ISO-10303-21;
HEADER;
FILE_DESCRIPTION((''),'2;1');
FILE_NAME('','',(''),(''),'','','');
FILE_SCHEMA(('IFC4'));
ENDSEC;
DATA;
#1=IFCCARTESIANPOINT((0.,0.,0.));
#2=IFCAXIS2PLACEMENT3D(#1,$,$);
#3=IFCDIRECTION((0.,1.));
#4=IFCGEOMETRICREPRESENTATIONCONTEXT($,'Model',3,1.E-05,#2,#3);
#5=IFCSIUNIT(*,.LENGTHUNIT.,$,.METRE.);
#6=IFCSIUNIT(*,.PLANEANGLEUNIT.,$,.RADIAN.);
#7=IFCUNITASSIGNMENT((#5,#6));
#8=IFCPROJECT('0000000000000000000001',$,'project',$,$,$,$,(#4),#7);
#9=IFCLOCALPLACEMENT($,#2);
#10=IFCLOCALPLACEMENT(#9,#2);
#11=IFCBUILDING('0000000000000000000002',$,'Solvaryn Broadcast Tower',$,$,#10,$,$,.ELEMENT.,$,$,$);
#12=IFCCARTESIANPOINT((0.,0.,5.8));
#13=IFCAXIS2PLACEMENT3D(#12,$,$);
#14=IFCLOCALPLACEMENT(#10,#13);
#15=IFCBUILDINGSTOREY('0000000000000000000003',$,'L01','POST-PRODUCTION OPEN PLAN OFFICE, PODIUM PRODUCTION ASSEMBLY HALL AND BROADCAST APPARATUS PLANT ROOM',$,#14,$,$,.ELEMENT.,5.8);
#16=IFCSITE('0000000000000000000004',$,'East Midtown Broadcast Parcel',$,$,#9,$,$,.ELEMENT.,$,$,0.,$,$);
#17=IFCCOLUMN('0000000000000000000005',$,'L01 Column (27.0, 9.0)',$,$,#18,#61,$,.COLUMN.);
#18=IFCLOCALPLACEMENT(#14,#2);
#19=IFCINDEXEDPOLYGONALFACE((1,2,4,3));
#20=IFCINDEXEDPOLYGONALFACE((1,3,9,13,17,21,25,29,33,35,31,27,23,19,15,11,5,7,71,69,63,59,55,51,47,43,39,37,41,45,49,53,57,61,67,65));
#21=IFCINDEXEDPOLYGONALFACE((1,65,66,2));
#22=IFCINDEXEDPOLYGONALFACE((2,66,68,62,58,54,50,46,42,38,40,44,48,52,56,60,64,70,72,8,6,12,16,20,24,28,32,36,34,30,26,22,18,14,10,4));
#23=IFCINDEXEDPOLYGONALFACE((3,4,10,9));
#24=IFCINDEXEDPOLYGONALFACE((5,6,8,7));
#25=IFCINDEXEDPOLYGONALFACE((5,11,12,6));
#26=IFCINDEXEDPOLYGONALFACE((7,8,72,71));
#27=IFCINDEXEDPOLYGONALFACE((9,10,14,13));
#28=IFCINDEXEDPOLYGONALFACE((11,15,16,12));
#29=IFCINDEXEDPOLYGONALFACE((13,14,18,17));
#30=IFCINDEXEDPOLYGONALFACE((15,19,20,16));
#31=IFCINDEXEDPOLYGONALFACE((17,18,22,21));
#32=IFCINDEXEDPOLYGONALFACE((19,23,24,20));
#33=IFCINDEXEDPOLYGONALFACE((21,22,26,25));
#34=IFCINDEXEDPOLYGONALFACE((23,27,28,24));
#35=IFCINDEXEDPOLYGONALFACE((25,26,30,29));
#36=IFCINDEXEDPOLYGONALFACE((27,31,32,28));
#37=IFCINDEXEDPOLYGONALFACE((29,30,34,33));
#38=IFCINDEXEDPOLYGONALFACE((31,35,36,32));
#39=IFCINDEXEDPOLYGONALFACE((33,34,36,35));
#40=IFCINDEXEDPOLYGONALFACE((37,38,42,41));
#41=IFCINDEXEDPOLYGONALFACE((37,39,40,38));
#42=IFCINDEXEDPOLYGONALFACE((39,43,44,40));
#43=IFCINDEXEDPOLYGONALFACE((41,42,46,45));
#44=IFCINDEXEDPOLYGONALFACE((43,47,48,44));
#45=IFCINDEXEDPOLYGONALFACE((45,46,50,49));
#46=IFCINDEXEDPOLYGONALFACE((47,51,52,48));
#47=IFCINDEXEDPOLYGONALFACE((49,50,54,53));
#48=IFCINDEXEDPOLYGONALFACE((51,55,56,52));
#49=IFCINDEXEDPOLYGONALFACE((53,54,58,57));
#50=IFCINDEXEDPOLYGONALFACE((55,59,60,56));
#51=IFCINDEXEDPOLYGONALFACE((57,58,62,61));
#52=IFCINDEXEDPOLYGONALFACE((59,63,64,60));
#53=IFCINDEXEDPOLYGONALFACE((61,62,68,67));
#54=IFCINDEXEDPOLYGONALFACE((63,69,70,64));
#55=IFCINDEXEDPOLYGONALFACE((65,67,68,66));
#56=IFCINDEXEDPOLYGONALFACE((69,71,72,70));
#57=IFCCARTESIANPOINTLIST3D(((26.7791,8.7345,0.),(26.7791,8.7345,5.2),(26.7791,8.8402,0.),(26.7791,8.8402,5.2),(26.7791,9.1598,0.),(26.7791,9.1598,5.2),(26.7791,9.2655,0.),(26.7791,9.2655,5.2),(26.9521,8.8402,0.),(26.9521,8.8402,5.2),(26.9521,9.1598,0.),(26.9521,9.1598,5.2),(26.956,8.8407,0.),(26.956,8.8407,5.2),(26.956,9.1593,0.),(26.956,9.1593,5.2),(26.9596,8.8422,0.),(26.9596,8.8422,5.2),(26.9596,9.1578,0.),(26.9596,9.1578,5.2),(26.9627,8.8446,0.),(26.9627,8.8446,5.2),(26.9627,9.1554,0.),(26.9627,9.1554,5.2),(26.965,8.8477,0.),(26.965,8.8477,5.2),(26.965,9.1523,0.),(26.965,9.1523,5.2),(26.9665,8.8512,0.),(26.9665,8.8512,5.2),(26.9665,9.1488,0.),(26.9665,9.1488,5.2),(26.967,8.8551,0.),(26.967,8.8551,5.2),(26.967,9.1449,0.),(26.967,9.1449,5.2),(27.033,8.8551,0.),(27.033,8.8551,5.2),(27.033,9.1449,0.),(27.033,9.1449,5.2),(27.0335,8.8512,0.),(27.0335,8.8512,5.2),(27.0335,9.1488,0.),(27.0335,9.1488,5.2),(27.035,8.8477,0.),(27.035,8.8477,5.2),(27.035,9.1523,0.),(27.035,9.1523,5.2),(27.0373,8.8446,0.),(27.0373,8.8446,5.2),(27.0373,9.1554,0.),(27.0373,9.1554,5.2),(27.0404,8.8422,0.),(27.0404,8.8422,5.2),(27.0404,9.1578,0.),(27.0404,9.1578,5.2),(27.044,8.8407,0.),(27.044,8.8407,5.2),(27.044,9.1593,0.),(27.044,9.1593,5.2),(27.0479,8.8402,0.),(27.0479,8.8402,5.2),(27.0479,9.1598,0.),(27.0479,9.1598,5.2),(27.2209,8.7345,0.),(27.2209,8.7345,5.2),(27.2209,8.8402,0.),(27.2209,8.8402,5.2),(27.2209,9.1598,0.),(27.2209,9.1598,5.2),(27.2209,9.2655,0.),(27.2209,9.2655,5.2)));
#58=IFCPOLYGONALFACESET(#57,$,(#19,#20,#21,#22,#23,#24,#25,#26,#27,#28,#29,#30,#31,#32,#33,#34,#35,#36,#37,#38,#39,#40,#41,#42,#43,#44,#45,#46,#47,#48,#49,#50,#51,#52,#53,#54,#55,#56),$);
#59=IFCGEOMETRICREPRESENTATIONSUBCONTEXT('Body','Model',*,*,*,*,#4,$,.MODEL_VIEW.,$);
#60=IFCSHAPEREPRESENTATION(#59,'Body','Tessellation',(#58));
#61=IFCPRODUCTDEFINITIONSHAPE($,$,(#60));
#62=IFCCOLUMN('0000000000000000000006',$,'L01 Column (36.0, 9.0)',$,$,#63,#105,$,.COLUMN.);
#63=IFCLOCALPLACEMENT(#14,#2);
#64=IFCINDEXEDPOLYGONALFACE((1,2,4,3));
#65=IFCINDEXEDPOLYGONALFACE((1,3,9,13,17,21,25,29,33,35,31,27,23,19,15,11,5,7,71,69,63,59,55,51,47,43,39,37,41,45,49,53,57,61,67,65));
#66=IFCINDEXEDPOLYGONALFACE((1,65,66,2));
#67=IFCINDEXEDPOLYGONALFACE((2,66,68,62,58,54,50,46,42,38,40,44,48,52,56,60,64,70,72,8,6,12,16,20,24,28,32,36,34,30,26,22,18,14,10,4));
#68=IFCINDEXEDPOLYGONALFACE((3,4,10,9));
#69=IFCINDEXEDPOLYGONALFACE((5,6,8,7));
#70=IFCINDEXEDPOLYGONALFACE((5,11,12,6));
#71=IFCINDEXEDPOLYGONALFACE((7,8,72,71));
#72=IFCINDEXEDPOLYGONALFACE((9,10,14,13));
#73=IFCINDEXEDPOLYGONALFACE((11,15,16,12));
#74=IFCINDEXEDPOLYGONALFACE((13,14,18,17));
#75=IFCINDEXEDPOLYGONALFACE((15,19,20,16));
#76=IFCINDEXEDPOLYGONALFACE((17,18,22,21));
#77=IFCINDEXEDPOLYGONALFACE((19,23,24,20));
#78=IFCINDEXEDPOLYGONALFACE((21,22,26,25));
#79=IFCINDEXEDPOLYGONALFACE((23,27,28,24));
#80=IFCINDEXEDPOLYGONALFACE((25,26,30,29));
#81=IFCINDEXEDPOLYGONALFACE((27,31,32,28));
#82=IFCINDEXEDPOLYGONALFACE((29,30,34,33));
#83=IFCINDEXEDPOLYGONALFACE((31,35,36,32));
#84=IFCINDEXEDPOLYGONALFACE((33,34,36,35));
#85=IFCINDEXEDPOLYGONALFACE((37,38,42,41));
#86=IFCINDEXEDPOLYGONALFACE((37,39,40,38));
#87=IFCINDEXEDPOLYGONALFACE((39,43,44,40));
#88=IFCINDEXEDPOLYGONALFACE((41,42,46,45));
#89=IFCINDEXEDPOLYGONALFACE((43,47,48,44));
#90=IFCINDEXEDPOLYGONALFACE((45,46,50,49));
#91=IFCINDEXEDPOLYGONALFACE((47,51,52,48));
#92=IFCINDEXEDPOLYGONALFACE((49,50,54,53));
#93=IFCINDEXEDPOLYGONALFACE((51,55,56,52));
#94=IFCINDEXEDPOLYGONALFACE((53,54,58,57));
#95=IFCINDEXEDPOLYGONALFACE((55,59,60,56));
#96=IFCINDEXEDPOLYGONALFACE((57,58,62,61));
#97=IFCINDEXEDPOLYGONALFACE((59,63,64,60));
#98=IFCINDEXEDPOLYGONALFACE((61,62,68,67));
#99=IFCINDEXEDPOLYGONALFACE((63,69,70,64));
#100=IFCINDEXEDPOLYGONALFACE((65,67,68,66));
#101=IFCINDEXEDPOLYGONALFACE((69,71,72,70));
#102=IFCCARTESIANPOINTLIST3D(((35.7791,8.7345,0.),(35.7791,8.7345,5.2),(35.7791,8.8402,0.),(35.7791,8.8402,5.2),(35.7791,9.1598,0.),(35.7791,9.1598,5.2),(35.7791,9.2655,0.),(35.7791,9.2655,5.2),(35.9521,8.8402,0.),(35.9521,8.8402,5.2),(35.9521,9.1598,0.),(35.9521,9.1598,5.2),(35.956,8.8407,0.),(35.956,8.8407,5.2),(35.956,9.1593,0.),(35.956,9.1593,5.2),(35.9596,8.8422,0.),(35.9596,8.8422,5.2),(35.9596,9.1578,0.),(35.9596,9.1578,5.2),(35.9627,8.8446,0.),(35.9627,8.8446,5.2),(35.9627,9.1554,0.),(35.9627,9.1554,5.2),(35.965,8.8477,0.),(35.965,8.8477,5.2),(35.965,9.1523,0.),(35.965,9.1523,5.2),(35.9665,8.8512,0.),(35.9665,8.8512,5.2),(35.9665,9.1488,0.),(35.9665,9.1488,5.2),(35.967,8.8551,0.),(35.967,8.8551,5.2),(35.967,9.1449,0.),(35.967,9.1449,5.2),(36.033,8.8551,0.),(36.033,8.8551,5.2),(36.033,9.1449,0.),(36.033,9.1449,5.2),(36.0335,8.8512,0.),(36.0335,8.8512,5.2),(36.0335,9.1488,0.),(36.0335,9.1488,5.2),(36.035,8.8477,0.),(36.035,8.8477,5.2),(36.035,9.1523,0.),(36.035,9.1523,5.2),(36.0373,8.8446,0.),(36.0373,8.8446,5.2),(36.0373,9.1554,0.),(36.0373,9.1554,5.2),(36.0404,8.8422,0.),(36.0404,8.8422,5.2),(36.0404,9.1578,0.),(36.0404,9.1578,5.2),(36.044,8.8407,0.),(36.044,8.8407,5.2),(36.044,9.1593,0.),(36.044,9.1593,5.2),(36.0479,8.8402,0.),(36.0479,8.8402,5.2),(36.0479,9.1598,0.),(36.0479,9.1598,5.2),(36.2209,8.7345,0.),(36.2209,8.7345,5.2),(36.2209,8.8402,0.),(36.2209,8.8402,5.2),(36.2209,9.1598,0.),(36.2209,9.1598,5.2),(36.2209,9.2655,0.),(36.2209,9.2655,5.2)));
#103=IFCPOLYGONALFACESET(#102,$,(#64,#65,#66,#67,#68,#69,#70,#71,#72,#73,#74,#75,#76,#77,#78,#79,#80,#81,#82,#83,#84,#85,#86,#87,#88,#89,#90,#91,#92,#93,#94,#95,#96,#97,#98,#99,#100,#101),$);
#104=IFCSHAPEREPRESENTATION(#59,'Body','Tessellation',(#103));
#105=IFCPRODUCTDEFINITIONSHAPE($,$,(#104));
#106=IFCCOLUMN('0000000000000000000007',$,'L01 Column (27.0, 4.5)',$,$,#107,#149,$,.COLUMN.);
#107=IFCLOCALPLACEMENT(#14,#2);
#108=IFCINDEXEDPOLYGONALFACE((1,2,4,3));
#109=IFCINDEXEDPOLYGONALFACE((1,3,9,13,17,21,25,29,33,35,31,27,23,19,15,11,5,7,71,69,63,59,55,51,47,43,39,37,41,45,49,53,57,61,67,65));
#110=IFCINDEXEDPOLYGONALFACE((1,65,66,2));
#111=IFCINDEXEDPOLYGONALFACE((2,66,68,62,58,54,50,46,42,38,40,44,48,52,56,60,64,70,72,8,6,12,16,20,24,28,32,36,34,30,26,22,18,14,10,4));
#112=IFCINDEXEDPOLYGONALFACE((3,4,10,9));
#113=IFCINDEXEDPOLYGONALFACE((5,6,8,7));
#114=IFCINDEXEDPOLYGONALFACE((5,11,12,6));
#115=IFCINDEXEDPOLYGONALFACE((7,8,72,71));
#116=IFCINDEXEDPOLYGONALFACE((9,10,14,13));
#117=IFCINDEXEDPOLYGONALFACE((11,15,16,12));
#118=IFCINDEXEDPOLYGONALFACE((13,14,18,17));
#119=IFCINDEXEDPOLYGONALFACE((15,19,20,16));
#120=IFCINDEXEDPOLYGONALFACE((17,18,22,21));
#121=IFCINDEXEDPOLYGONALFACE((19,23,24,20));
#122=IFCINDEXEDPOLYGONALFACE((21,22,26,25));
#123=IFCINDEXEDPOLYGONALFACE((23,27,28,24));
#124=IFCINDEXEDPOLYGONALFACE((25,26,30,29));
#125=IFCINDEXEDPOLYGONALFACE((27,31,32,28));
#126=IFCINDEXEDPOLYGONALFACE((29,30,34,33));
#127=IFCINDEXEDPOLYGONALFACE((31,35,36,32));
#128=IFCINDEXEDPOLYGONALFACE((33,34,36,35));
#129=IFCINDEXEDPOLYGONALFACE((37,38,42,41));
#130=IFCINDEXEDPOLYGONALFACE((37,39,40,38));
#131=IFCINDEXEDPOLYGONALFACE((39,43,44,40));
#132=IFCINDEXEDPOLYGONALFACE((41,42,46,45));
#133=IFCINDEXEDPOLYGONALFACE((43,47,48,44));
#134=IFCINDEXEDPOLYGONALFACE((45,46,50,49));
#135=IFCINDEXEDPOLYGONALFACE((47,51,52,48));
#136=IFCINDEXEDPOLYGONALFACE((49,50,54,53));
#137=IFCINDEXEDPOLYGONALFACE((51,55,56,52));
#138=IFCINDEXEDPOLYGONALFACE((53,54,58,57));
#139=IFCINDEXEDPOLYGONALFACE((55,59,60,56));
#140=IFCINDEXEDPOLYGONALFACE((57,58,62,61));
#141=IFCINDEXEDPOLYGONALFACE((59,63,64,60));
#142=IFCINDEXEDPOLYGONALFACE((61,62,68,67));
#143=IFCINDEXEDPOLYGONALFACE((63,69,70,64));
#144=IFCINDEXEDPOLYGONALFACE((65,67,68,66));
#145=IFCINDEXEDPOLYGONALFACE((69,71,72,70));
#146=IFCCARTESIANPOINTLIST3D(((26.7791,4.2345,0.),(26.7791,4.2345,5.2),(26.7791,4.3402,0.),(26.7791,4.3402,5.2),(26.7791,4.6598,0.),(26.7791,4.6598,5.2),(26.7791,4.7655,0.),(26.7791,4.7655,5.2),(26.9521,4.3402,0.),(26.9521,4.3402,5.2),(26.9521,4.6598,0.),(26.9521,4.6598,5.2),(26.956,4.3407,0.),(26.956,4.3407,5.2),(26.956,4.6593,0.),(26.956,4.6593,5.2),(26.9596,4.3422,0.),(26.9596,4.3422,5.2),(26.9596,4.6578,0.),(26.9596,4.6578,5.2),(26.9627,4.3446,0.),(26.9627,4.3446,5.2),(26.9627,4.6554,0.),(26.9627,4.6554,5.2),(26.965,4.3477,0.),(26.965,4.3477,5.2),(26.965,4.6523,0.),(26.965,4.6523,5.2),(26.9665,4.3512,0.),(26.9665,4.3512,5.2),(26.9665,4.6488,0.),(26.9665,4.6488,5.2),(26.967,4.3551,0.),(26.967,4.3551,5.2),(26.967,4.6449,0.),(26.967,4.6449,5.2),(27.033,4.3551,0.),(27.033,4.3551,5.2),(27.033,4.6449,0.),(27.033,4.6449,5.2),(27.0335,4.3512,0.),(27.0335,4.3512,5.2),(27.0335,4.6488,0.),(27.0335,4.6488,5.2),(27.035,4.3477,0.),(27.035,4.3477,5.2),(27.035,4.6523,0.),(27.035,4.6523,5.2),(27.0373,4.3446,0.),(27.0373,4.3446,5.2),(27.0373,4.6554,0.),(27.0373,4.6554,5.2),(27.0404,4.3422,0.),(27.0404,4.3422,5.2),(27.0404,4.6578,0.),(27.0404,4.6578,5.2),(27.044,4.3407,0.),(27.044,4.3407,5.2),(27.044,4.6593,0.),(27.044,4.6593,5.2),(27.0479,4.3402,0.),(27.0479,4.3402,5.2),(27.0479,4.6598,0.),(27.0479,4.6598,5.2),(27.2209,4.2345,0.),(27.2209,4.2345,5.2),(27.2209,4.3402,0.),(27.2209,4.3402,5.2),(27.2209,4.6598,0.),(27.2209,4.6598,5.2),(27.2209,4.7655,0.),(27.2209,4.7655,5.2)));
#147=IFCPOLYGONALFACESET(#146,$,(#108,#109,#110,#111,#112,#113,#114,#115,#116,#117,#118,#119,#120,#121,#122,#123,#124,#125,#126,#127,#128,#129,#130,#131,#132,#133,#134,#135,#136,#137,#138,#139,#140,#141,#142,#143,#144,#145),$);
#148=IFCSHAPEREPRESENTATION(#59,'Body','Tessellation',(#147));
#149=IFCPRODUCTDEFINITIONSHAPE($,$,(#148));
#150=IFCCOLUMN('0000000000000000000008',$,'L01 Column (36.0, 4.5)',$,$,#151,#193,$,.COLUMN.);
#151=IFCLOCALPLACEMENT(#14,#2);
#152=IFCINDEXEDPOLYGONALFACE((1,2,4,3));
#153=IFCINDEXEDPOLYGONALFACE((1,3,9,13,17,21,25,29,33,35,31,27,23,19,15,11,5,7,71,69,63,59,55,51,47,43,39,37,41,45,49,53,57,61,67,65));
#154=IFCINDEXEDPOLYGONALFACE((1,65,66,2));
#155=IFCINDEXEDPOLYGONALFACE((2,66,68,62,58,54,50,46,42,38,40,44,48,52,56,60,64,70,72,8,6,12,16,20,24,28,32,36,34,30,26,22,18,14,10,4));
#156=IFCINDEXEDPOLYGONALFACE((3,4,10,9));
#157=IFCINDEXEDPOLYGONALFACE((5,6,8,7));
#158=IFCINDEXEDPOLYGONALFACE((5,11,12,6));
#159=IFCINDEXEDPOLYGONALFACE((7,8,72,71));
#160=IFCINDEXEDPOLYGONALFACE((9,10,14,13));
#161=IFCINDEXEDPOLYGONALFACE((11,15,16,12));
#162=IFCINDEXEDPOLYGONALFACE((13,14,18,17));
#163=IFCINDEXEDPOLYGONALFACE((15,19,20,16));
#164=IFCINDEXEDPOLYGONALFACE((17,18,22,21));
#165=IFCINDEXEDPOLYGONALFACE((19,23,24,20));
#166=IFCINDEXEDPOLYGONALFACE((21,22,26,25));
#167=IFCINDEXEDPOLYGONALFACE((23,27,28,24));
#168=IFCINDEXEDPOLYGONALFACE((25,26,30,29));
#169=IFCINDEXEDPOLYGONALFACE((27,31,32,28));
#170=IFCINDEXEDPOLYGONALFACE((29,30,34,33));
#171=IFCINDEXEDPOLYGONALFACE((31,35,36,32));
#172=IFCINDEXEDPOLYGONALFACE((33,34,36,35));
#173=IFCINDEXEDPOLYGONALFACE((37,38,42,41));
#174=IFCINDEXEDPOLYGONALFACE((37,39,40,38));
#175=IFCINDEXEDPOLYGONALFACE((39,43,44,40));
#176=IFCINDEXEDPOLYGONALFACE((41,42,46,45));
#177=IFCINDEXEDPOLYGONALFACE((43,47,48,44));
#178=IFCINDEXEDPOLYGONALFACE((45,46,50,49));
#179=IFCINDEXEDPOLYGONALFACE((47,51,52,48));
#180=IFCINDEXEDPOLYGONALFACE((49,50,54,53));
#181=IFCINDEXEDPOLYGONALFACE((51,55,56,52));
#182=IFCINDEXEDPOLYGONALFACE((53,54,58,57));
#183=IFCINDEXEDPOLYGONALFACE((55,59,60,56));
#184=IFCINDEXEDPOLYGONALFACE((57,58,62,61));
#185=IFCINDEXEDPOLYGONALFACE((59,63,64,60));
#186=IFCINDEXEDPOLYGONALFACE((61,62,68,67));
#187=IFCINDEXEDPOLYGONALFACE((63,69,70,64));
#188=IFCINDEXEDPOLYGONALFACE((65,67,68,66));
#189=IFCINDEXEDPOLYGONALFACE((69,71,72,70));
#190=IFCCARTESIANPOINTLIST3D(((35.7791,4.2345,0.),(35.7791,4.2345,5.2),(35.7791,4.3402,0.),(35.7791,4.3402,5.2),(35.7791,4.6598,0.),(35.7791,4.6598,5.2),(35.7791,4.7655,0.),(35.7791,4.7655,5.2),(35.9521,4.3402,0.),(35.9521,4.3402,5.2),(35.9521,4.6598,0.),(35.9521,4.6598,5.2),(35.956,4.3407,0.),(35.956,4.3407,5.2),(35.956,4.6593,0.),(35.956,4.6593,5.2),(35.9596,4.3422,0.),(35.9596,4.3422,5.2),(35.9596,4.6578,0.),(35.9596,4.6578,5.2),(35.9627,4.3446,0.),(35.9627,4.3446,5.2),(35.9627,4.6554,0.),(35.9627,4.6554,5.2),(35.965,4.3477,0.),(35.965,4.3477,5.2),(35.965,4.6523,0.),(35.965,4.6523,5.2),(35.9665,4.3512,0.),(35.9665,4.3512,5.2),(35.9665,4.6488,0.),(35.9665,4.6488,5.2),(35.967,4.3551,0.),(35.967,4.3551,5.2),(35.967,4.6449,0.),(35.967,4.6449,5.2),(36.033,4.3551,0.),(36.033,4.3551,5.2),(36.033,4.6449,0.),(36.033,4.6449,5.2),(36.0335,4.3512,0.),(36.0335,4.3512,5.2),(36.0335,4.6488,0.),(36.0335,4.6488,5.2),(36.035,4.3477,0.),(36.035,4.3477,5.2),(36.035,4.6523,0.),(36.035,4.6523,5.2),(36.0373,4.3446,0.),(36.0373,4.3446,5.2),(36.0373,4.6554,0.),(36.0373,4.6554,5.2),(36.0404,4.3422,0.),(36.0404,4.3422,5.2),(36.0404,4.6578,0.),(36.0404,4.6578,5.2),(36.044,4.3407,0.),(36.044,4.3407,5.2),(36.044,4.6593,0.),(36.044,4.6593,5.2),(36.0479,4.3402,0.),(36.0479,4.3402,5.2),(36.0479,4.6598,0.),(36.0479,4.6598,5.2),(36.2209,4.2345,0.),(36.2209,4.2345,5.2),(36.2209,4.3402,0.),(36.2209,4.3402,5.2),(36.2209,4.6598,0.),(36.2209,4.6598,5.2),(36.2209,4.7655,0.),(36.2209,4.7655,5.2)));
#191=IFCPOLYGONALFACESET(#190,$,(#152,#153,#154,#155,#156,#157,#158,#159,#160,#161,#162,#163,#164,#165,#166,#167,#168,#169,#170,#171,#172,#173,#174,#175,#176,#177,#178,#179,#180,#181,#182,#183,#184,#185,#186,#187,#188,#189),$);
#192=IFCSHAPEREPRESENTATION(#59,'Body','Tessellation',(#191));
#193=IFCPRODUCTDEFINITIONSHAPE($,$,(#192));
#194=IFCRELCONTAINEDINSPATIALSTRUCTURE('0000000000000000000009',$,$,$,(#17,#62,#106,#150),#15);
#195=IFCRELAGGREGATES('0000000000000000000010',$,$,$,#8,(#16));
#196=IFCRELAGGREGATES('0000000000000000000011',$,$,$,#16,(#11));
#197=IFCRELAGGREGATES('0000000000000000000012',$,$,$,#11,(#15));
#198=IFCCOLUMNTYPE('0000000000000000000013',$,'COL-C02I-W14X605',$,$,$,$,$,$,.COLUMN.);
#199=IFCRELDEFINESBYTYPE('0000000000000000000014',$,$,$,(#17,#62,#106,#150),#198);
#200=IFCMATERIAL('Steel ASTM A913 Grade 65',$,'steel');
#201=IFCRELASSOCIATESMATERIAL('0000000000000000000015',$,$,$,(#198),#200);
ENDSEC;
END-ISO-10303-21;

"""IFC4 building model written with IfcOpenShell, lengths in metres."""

from ifc_helpers import new_model, si_unit, direction, frame, origin, origin_2d, place, context, subcontext, project, spatial, i_section, extrude, material, material_profile, profile_set, type_object, element, save


model = new_model("IFC4")

# Units and contexts
model_context = context("Model", 3, precision=1e-05, world=origin(), true_north=direction((0.0, 1.0)))
body_context = subcontext(model_context, "Body", "Model", "MODEL_VIEW")
ifc_project = project(units=[si_unit("LENGTHUNIT", "METRE"), si_unit("PLANEANGLEUNIT", "RADIAN")], contexts=[model_context])

# Site, building, storey
site_placement = place(None, origin())
site = spatial("IfcSite", under=ifc_project, at=site_placement, Name="East Midtown Broadcast Parcel", CompositionType="ELEMENT", RefElevation=0.0)
building_placement = place(site_placement, origin())
building = spatial("IfcBuilding", under=site, at=building_placement, Name="Solvaryn Broadcast Tower", CompositionType="ELEMENT")
storey_placement = place(building_placement, frame((0.0, 0.0, 5.8)))
storey = spatial("IfcBuildingStorey", under=building, at=storey_placement, Name="L01", Description="POST-PRODUCTION OPEN PLAN OFFICE, PODIUM PRODUCTION ASSEMBLY HALL AND BROADCAST APPARATUS PLANT ROOM", CompositionType="ELEMENT", Elevation=5.8)

# Columns
ifc_material_1 = material(Name="Steel ASTM A913 Grade 65", Category="steel")
ifc_material_profile_1 = material_profile(ifc_material_1, i_section(OverallWidth=0.4419, OverallDepth=0.531, WebThickness=0.0659, FlangeThickness=0.1057, FilletRadius=0.0149, at=origin_2d()))
ifc_profile_set_1 = profile_set([ifc_material_profile_1], Name="Steel ASTM A913 Grade 65")
column_type = type_object("IfcColumnType", Name="COL-C02I-W14X605", PredefinedType="COLUMN", material=ifc_profile_set_1)
for number, where, z_axis, x_axis, name in (
    (1, (27.0, 9.0, 0.0), (0.0, 0.0, 1.0), (1.0, 0.0, 0.0), "L01 Column (27.0, 9.0)"),
    (2, (36.0, 9.0, 0.0), (0.0, 0.0, 1.0), (1.0, 0.0, 0.0), "L01 Column (36.0, 9.0)"),
    (3, (27.0, 4.5, 0.0), (0.0, 0.0, 1.0), (1.0, 0.0, 0.0), "L01 Column (27.0, 4.5)"),
    (4, (36.0, 4.5, 0.0), (0.0, 0.0, 1.0), (1.0, 0.0, 0.0), "L01 Column (36.0, 4.5)"),
):
    element("IfcColumn", number, at=place(storey_placement, frame(where, z_axis=z_axis, x_axis=x_axis)), inside=storey, type_object=column_type, Name=name, PredefinedType="COLUMN", context=body_context, shape_type="SweptSolid", body=[
        extrude(i_section(OverallWidth=0.4419, OverallDepth=0.531, WebThickness=0.0659, FlangeThickness=0.1057, FilletRadius=0.0149, at=origin_2d()), origin(), (0.0, 0.0, 1.0), 5.2),
    ])

save(model, "model.ifc")
